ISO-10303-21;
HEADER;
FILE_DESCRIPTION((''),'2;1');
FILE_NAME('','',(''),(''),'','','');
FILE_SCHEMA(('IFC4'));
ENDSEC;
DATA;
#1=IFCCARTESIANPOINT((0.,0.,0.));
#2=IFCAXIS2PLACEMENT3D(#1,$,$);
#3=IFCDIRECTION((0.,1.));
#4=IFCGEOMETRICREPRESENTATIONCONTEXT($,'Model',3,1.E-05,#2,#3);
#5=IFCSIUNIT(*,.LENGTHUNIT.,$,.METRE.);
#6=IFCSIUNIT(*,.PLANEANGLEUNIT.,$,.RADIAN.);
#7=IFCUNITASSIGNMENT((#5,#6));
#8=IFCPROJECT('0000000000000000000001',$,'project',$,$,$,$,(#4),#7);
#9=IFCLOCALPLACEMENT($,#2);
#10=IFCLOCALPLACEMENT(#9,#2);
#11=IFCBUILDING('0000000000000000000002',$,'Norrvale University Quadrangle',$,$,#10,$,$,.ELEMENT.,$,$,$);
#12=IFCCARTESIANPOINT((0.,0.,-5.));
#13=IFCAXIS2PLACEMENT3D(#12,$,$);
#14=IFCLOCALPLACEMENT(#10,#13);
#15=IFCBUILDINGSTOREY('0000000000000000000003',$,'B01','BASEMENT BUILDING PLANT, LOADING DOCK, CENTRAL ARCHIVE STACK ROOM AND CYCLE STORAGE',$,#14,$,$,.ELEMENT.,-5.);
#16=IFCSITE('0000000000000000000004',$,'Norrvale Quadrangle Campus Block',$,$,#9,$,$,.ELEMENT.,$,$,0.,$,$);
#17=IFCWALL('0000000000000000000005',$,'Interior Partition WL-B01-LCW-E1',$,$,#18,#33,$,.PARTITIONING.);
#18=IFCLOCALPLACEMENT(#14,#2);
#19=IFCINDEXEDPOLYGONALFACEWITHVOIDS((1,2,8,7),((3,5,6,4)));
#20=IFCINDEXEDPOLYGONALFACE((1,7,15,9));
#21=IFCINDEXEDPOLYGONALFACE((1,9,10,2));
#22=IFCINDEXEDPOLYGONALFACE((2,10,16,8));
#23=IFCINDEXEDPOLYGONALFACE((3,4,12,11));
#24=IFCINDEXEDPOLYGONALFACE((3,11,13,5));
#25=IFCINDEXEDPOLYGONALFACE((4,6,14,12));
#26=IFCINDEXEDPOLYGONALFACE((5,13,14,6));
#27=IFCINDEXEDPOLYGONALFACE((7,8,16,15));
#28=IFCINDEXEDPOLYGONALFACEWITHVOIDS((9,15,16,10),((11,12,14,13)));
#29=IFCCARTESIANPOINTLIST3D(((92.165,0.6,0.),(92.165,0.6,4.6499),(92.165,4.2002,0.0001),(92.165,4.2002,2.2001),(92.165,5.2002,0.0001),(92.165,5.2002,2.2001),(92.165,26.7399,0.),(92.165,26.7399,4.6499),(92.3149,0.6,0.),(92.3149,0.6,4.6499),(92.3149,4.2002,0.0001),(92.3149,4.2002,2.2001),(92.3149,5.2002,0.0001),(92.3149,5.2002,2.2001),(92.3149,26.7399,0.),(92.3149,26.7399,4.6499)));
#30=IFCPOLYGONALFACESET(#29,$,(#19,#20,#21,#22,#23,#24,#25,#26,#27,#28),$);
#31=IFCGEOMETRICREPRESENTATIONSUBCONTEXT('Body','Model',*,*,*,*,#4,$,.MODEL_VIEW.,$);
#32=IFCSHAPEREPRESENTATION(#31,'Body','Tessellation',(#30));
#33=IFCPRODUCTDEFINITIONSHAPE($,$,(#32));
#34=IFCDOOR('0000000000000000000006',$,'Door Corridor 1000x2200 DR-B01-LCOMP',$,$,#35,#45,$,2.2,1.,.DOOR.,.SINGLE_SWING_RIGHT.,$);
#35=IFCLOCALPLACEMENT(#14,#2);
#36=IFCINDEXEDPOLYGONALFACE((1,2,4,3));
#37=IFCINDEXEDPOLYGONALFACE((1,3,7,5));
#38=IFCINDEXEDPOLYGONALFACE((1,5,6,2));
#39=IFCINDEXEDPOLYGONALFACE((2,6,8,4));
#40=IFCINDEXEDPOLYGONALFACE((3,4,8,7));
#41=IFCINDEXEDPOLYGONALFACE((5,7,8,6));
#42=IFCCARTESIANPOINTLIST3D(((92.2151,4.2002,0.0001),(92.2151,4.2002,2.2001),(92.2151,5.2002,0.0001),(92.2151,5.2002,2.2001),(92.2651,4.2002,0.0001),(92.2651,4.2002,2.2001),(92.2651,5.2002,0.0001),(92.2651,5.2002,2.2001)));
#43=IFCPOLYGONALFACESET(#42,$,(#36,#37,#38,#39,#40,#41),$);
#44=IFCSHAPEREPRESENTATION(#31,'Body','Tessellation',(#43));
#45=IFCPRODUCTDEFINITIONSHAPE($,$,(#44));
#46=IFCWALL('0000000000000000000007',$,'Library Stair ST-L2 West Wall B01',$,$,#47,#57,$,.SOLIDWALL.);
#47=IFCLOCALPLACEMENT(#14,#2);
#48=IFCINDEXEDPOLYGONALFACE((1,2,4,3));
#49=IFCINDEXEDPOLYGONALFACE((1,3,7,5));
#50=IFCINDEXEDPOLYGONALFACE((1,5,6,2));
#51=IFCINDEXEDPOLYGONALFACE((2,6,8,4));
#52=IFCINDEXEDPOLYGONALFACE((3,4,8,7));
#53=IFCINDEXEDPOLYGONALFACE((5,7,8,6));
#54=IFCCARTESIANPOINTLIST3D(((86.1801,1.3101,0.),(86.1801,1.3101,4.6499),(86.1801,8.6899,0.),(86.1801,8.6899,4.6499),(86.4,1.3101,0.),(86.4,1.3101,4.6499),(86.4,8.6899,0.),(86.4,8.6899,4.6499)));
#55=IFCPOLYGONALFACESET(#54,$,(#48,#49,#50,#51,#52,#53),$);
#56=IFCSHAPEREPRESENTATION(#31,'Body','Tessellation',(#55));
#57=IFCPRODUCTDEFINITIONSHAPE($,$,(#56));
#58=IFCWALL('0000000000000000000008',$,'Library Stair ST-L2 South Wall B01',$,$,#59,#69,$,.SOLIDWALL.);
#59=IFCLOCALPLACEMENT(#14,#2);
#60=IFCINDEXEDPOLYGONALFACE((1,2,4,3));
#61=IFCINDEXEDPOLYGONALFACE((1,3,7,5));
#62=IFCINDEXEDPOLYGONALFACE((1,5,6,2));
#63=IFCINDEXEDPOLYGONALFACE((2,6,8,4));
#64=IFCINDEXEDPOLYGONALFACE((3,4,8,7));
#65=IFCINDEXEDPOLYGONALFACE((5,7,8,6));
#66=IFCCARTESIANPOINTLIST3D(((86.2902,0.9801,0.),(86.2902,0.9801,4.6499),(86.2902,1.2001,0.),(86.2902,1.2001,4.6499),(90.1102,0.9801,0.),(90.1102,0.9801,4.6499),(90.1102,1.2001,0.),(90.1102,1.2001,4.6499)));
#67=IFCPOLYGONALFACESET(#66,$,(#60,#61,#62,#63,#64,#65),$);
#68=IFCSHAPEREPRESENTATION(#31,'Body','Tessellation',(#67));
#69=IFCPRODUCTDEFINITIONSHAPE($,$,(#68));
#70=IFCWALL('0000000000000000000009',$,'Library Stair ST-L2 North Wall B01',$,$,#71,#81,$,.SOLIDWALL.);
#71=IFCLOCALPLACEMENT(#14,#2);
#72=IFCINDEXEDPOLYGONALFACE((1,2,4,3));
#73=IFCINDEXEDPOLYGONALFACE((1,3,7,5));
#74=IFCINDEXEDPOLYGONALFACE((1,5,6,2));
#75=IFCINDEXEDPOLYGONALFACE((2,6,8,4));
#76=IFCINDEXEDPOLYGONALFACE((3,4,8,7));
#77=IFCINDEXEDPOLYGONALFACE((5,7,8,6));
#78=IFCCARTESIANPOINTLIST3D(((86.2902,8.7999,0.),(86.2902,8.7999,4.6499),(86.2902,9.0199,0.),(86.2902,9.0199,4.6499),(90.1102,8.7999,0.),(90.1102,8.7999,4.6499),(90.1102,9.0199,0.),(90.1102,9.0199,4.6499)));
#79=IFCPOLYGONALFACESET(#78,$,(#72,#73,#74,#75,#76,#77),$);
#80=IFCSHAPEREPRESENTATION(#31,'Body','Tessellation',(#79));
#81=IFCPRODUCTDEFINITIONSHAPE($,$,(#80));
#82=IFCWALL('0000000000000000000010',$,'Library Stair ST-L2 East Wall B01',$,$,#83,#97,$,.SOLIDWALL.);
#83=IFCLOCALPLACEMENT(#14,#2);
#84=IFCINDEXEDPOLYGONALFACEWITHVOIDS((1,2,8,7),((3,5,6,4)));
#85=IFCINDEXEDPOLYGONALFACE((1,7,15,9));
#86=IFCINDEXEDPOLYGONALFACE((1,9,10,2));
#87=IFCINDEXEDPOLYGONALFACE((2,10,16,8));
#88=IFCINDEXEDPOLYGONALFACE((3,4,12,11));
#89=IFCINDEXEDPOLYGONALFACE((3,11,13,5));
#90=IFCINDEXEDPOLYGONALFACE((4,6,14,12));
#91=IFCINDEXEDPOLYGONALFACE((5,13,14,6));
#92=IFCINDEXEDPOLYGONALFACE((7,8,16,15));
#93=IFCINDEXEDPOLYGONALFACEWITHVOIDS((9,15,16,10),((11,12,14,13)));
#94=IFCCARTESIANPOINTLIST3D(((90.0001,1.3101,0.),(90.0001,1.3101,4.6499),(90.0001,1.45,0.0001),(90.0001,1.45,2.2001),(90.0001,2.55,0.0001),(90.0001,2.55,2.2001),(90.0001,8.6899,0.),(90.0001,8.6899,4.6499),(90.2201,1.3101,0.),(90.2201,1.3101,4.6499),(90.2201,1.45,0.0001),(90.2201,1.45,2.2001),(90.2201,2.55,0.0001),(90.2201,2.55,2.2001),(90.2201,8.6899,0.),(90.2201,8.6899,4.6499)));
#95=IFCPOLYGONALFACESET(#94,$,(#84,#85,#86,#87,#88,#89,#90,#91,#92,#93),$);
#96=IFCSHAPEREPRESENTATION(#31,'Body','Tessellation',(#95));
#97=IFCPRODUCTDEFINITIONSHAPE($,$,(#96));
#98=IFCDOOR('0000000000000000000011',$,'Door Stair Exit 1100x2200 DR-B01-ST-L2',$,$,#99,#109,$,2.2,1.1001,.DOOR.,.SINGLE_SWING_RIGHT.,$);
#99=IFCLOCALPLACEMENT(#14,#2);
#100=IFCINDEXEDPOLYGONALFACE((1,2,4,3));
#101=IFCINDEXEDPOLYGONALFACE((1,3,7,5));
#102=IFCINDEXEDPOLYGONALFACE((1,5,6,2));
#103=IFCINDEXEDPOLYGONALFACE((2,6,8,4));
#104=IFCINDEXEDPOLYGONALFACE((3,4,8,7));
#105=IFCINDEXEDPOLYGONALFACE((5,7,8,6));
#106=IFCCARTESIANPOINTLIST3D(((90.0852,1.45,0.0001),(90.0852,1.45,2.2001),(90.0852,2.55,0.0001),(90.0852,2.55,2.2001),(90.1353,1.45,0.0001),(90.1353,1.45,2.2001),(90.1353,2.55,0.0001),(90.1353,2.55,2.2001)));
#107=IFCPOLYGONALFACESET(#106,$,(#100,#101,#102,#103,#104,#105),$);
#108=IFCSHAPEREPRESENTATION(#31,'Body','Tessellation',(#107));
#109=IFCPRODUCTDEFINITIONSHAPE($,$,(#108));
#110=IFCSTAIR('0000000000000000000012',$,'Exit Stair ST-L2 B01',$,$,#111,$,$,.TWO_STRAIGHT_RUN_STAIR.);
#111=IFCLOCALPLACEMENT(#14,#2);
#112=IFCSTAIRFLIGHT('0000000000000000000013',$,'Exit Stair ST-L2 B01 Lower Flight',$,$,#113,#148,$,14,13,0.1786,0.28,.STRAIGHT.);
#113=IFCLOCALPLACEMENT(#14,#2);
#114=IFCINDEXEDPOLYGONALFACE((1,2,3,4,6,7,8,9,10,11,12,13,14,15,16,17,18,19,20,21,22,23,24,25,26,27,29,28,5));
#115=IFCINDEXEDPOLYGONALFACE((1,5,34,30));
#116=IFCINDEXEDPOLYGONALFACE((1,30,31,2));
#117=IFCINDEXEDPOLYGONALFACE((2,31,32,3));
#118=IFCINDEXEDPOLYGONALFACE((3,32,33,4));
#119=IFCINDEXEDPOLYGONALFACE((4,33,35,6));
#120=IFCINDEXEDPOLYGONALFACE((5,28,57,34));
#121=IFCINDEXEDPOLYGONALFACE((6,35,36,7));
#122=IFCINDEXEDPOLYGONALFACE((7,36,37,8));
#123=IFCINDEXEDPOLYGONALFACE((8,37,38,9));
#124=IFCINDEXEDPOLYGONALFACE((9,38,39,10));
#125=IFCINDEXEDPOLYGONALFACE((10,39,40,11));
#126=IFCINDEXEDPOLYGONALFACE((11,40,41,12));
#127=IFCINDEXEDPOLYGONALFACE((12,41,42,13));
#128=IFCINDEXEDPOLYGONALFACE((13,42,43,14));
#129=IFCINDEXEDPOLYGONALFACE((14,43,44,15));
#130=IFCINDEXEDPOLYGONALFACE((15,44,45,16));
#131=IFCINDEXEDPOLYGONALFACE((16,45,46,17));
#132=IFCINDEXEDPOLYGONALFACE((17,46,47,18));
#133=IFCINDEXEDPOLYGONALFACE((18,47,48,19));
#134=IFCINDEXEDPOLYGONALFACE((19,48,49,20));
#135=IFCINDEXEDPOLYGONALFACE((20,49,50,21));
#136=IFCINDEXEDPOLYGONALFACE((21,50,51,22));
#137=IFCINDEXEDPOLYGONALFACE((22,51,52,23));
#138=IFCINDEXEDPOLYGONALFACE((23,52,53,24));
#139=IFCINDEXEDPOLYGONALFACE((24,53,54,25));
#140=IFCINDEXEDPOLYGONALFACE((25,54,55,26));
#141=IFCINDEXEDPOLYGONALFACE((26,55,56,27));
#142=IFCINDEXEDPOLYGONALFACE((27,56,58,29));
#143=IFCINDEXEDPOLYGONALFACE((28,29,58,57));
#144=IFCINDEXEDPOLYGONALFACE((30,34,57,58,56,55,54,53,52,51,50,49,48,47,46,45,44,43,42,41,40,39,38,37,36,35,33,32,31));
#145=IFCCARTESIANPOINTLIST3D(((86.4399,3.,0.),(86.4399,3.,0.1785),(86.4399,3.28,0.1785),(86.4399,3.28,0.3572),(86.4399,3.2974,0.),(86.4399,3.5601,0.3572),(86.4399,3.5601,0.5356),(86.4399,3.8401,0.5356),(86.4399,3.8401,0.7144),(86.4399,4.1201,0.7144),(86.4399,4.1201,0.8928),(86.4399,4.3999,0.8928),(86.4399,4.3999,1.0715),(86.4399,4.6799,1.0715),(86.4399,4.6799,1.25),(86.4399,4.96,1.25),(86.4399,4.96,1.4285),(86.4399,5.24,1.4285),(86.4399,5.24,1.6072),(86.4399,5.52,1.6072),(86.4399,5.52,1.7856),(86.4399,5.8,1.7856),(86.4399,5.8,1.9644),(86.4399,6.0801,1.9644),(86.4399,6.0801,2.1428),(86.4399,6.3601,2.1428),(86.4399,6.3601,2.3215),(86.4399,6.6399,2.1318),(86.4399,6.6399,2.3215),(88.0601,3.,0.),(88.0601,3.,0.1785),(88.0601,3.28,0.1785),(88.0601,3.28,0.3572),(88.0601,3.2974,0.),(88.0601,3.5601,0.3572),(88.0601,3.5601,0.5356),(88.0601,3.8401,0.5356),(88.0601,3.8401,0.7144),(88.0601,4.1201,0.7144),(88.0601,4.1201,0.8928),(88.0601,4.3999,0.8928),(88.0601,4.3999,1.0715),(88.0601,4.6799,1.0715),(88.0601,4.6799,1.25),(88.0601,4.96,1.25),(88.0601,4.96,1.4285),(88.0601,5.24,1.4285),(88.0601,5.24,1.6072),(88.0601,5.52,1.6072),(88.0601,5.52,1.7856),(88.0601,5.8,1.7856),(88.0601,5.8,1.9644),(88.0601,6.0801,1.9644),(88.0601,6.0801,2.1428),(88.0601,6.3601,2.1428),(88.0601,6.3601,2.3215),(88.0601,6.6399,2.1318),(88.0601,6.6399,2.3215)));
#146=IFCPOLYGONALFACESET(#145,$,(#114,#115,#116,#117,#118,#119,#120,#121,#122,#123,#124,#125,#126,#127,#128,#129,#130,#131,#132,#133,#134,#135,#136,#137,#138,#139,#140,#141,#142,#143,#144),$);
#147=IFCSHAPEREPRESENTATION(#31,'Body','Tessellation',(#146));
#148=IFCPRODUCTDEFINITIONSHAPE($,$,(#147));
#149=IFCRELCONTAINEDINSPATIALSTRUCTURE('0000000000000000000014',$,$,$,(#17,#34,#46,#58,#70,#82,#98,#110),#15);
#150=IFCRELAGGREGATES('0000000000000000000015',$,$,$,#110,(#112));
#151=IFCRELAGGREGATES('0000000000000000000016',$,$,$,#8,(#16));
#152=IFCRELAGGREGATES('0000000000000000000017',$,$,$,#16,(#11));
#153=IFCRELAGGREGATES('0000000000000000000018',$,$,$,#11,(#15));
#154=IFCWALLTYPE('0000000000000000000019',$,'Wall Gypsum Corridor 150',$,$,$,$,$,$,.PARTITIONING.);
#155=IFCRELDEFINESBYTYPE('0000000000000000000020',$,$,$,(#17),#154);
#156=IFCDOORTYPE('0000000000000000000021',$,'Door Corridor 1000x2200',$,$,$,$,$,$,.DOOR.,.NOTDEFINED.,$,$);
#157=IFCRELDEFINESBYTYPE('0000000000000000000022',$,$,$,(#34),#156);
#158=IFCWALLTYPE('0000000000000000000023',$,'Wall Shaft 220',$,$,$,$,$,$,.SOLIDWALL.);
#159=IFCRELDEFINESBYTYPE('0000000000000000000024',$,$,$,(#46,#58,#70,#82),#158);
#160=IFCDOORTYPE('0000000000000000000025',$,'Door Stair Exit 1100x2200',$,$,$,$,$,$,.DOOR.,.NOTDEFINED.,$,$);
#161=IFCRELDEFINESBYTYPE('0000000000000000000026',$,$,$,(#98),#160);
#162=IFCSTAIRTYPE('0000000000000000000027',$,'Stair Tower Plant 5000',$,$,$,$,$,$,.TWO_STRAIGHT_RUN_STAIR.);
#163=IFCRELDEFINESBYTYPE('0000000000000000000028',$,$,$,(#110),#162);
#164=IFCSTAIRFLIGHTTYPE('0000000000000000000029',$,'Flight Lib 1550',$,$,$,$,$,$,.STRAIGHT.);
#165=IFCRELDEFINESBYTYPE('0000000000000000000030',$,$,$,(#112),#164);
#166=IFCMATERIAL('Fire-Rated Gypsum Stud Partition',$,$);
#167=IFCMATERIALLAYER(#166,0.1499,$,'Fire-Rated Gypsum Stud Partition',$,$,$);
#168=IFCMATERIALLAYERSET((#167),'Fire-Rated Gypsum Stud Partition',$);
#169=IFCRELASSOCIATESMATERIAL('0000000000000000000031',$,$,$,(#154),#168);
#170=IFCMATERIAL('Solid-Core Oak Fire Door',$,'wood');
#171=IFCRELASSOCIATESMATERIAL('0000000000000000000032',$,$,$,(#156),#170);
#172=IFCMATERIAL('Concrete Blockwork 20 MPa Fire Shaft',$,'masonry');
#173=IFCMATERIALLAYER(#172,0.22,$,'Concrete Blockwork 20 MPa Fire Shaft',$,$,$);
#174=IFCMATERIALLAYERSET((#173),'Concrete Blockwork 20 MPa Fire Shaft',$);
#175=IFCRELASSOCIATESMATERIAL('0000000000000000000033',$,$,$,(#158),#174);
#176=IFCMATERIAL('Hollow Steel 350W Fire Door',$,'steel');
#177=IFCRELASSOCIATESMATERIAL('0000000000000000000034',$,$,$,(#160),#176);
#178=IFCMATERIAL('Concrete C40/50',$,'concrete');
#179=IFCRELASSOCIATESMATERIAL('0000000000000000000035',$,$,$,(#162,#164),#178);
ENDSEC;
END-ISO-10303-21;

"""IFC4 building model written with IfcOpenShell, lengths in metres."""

from ifc_helpers import new_model, si_unit, direction, frame, frame_2d, origin, place, context, subcontext, project, spatial, polyline, rectangle, outline, extrude, material, layer, layer_set, type_object, element, fill, aggregate, save


model = new_model("IFC4")

# Units and contexts
model_context = context("Model", 3, precision=1e-05, world=origin(), true_north=direction((0.0, 1.0)))
body_context = subcontext(model_context, "Body", "Model", "MODEL_VIEW")
ifc_project = project(units=[si_unit("LENGTHUNIT", "METRE"), si_unit("PLANEANGLEUNIT", "RADIAN")], contexts=[model_context])

# Site, building, storey
site_placement = place(None, origin())
site = spatial("IfcSite", under=ifc_project, at=site_placement, Name="Norrvale Quadrangle Campus Block", CompositionType="ELEMENT", RefElevation=0.0)
building_placement = place(site_placement, origin())
building = spatial("IfcBuilding", under=site, at=building_placement, Name="Norrvale University Quadrangle", CompositionType="ELEMENT")
storey_placement = place(building_placement, frame((0.0, 0.0, -5.0)))
storey = spatial("IfcBuildingStorey", under=building, at=storey_placement, Name="B01", Description="BASEMENT BUILDING PLANT, LOADING DOCK, CENTRAL ARCHIVE STACK ROOM AND CYCLE STORAGE", CompositionType="ELEMENT", Elevation=-5.0)

# Wall, opening, door
ifc_material_1 = material(Name="Fire-Rated Gypsum Stud Partition")
ifc_layer_1 = layer(ifc_material_1, 0.1499, Name="Fire-Rated Gypsum Stud Partition")
ifc_layer_set_1 = layer_set([ifc_layer_1], Name="Fire-Rated Gypsum Stud Partition")
wall_type_1 = type_object("IfcWallType", Name="Wall Gypsum Corridor 150", PredefinedType="PARTITIONING", material=ifc_layer_set_1)
ifc_material_2 = material(Name="Hollow Steel 350W Fire Door", Category="steel")
wall_1_placement = place(storey_placement, frame((92.24, 0.6001, 0.0), z_axis=(0.0, 0.0, 1.0), x_axis=(0.0, 1.0, 0.0)))
wall_1 = element("IfcWall", 1, at=wall_1_placement, inside=storey, type_object=wall_type_1, Name="Interior Partition WL-B01-LCW-E1", PredefinedType="PARTITIONING", context=body_context, shape_type="SweptSolid", body=[
    extrude(rectangle(XDim=26.1399, YDim=0.1499, at=frame_2d((13.0698, 0.0))), origin(), (0.0, 0.0, 1.0), 4.6499),
])
opening_1_placement = place(wall_1_placement, frame((3.6001, 0.0, 0.0)))
opening_1 = element("IfcOpeningElement", 2, at=opening_1_placement, cuts=wall_1, PredefinedType="OPENING", context=body_context, shape_type="SweptSolid", body=[
    extrude(rectangle(XDim=1.0, YDim=2.2, at=frame_2d((0.5, 1.1001))), frame((0.0, 0.0869, 0.0), z_axis=(0.0, -1.0, 0.0), x_axis=(1.0, 0.0, 0.0)), (0.0, 0.0, 1.0), 0.1738),
])
ifc_material_3 = material(Name="Solid-Core Oak Fire Door", Category="wood")
door_type_1 = type_object("IfcDoorType", Name="Door Corridor 1000x2200", OperationType="NOTDEFINED", PredefinedType="DOOR", material=ifc_material_3)
door_1_placement = place(opening_1_placement, origin())
door_1 = element("IfcDoor", 3, at=door_1_placement, inside=storey, type_object=door_type_1, Name="Door Corridor 1000x2200 DR-B01-LCOMP", OperationType="SINGLE_SWING_RIGHT", OverallHeight=2.2, OverallWidth=1.0, PredefinedType="DOOR", context=body_context, shape_type="SweptSolid", body=[
    extrude(rectangle(XDim=1.0, YDim=2.2, at=frame_2d((0.5, 1.1001))), frame((0.0, 0.0249, 0.0), z_axis=(0.0, -1.0, 0.0), x_axis=(1.0, 0.0, 0.0)), (0.0, 0.0, 1.0), 0.05),
])
fill(opening_1, door_1)

# Walls
ifc_material_4 = material(Name="Concrete Blockwork 20 MPa Fire Shaft", Category="masonry")
ifc_layer_2 = layer(ifc_material_4, 0.22, Name="Concrete Blockwork 20 MPa Fire Shaft")
ifc_layer_set_2 = layer_set([ifc_layer_2], Name="Concrete Blockwork 20 MPa Fire Shaft")
wall_type_2 = type_object("IfcWallType", Name="Wall Shaft 220", PredefinedType="SOLIDWALL", material=ifc_layer_set_2)
wall_2_placement = place(storey_placement, frame((86.29, 1.3101, 0.0), z_axis=(0.0, 0.0, 1.0), x_axis=(0.0, 1.0, 0.0)))
element("IfcWall", 4, at=wall_2_placement, inside=storey, type_object=wall_type_2, Name="Library Stair ST-L2 West Wall B01", PredefinedType="SOLIDWALL", context=body_context, shape_type="SweptSolid", body=[
    extrude(rectangle(XDim=7.3799, YDim=0.22, at=frame_2d((3.6899, 0.0))), origin(), (0.0, 0.0, 1.0), 4.6499),
])
for number, where, z_axis, x_axis, name in (
    (5, (86.29, 1.0901, 0.0), (0.0, 0.0, 1.0), (1.0, 0.0, 0.0), "Library Stair ST-L2 South Wall B01"),
    (6, (86.29, 8.9099, 0.0), (0.0, 0.0, 1.0), (1.0, 0.0, 0.0), "Library Stair ST-L2 North Wall B01"),
):
    element("IfcWall", number, at=place(storey_placement, frame(where, z_axis=z_axis, x_axis=x_axis)), inside=storey, type_object=wall_type_2, Name=name, PredefinedType="SOLIDWALL", context=body_context, shape_type="SweptSolid", body=[
        extrude(rectangle(XDim=3.8201, YDim=0.22, at=frame_2d((1.9102, 0.0))), origin(), (0.0, 0.0, 1.0), 4.6499),
    ])

# Wall, opening, door
wall_3_placement = place(storey_placement, frame((90.1101, 1.3101, 0.0), z_axis=(0.0, 0.0, 1.0), x_axis=(0.0, 1.0, 0.0)))
wall_3 = element("IfcWall", 7, at=wall_3_placement, inside=storey, type_object=wall_type_2, Name="Library Stair ST-L2 East Wall B01", PredefinedType="SOLIDWALL", context=body_context, shape_type="SweptSolid", body=[
    extrude(rectangle(XDim=7.3799, YDim=0.22, at=frame_2d((3.6899, 0.0))), origin(), (0.0, 0.0, 1.0), 4.6499),
])
opening_2_placement = place(wall_3_placement, frame((0.1399, 0.0, 0.0)))
opening_2 = element("IfcOpeningElement", 8, at=opening_2_placement, cuts=wall_3, PredefinedType="OPENING", context=body_context, shape_type="SweptSolid", body=[
    extrude(rectangle(XDim=1.1001, YDim=2.2, at=frame_2d((0.55, 1.1001))), frame((0.0, 0.1221, 0.0), z_axis=(0.0, -1.0, 0.0), x_axis=(1.0, 0.0, 0.0)), (0.0, 0.0, 1.0), 0.2439),
])
door_type_2 = type_object("IfcDoorType", Name="Door Stair Exit 1100x2200", OperationType="NOTDEFINED", PredefinedType="DOOR", material=ifc_material_2)
door_2_placement = place(opening_2_placement, origin())
door_2 = element("IfcDoor", 9, at=door_2_placement, inside=storey, type_object=door_type_2, Name="Door Stair Exit 1100x2200 DR-B01-ST-L2", OperationType="SINGLE_SWING_RIGHT", OverallHeight=2.2, OverallWidth=1.1001, PredefinedType="DOOR", context=body_context, shape_type="SweptSolid", body=[
    extrude(rectangle(XDim=1.1001, YDim=2.2, at=frame_2d((0.55, 1.1001))), frame((0.0, 0.0249, 0.0), z_axis=(0.0, -1.0, 0.0), x_axis=(1.0, 0.0, 0.0)), (0.0, 0.0, 1.0), 0.05),
])
fill(opening_2, door_2)

# Stair, stair flight
ifc_material_5 = material(Name="Concrete C40/50", Category="concrete")
stair_type = type_object("IfcStairType", Name="Stair Tower Plant 5000", PredefinedType="TWO_STRAIGHT_RUN_STAIR", material=ifc_material_5)
stair_placement = place(storey_placement, origin())
stair = element("IfcStair", 10, at=stair_placement, inside=storey, type_object=stair_type, Name="Exit Stair ST-L2 B01", PredefinedType="TWO_STRAIGHT_RUN_STAIR")
stair_flight_type = type_object("IfcStairFlightType", Name="Flight Lib 1550", PredefinedType="STRAIGHT", material=ifc_material_5)
stair_flight_1_placement = place(storey_placement, frame((87.25, 3.0, 0.0), z_axis=(0.0, 0.0, 1.0), x_axis=(0.0, 1.0, 0.0)))
stair_flight_1 = element("IfcStairFlight", 11, at=stair_flight_1_placement, type_object=stair_flight_type, Name="Exit Stair ST-L2 B01 Lower Flight", NumberOfRisers=14, NumberOfTreads=13, PredefinedType="STRAIGHT", RiserHeight=0.1786, TreadLength=0.28, context=body_context, shape_type="SweptSolid", body=[
    extrude(outline(polyline([(0.0, 0.0), (0.0, 0.1785), (0.28, 0.1785), (0.28, 0.3572), (0.5601, 0.3572), (0.5601, 0.5356), (0.8401, 0.5356), (0.8401, 0.7144), (1.1201, 0.7144), (1.1201, 0.8928), (1.3999, 0.8928), (1.3999, 1.0715), (1.6799, 1.0715), (1.6799, 1.25), (1.96, 1.25), (1.96, 1.4285), (2.24, 1.4285), (2.24, 1.6072), (2.52, 1.6072), (2.52, 1.7856), (2.8, 1.7856), (2.8, 1.9644), (3.0801, 1.9644), (3.0801, 2.1428), (3.3601, 2.1428), (3.3601, 2.3215), (3.6399, 2.3215), (3.6399, 2.5), (3.6399, 2.1318), (0.2974, 0.0), (0.0, 0.0)])), frame((0.0, 0.8101, 0.0), z_axis=(0.0, -1.0, 0.0), x_axis=(1.0, 0.0, 0.0)), (0.0, 0.0, 1.0), 1.6201),
])
aggregate(stair, [stair_flight_1])

save(model, "model.ifc")
